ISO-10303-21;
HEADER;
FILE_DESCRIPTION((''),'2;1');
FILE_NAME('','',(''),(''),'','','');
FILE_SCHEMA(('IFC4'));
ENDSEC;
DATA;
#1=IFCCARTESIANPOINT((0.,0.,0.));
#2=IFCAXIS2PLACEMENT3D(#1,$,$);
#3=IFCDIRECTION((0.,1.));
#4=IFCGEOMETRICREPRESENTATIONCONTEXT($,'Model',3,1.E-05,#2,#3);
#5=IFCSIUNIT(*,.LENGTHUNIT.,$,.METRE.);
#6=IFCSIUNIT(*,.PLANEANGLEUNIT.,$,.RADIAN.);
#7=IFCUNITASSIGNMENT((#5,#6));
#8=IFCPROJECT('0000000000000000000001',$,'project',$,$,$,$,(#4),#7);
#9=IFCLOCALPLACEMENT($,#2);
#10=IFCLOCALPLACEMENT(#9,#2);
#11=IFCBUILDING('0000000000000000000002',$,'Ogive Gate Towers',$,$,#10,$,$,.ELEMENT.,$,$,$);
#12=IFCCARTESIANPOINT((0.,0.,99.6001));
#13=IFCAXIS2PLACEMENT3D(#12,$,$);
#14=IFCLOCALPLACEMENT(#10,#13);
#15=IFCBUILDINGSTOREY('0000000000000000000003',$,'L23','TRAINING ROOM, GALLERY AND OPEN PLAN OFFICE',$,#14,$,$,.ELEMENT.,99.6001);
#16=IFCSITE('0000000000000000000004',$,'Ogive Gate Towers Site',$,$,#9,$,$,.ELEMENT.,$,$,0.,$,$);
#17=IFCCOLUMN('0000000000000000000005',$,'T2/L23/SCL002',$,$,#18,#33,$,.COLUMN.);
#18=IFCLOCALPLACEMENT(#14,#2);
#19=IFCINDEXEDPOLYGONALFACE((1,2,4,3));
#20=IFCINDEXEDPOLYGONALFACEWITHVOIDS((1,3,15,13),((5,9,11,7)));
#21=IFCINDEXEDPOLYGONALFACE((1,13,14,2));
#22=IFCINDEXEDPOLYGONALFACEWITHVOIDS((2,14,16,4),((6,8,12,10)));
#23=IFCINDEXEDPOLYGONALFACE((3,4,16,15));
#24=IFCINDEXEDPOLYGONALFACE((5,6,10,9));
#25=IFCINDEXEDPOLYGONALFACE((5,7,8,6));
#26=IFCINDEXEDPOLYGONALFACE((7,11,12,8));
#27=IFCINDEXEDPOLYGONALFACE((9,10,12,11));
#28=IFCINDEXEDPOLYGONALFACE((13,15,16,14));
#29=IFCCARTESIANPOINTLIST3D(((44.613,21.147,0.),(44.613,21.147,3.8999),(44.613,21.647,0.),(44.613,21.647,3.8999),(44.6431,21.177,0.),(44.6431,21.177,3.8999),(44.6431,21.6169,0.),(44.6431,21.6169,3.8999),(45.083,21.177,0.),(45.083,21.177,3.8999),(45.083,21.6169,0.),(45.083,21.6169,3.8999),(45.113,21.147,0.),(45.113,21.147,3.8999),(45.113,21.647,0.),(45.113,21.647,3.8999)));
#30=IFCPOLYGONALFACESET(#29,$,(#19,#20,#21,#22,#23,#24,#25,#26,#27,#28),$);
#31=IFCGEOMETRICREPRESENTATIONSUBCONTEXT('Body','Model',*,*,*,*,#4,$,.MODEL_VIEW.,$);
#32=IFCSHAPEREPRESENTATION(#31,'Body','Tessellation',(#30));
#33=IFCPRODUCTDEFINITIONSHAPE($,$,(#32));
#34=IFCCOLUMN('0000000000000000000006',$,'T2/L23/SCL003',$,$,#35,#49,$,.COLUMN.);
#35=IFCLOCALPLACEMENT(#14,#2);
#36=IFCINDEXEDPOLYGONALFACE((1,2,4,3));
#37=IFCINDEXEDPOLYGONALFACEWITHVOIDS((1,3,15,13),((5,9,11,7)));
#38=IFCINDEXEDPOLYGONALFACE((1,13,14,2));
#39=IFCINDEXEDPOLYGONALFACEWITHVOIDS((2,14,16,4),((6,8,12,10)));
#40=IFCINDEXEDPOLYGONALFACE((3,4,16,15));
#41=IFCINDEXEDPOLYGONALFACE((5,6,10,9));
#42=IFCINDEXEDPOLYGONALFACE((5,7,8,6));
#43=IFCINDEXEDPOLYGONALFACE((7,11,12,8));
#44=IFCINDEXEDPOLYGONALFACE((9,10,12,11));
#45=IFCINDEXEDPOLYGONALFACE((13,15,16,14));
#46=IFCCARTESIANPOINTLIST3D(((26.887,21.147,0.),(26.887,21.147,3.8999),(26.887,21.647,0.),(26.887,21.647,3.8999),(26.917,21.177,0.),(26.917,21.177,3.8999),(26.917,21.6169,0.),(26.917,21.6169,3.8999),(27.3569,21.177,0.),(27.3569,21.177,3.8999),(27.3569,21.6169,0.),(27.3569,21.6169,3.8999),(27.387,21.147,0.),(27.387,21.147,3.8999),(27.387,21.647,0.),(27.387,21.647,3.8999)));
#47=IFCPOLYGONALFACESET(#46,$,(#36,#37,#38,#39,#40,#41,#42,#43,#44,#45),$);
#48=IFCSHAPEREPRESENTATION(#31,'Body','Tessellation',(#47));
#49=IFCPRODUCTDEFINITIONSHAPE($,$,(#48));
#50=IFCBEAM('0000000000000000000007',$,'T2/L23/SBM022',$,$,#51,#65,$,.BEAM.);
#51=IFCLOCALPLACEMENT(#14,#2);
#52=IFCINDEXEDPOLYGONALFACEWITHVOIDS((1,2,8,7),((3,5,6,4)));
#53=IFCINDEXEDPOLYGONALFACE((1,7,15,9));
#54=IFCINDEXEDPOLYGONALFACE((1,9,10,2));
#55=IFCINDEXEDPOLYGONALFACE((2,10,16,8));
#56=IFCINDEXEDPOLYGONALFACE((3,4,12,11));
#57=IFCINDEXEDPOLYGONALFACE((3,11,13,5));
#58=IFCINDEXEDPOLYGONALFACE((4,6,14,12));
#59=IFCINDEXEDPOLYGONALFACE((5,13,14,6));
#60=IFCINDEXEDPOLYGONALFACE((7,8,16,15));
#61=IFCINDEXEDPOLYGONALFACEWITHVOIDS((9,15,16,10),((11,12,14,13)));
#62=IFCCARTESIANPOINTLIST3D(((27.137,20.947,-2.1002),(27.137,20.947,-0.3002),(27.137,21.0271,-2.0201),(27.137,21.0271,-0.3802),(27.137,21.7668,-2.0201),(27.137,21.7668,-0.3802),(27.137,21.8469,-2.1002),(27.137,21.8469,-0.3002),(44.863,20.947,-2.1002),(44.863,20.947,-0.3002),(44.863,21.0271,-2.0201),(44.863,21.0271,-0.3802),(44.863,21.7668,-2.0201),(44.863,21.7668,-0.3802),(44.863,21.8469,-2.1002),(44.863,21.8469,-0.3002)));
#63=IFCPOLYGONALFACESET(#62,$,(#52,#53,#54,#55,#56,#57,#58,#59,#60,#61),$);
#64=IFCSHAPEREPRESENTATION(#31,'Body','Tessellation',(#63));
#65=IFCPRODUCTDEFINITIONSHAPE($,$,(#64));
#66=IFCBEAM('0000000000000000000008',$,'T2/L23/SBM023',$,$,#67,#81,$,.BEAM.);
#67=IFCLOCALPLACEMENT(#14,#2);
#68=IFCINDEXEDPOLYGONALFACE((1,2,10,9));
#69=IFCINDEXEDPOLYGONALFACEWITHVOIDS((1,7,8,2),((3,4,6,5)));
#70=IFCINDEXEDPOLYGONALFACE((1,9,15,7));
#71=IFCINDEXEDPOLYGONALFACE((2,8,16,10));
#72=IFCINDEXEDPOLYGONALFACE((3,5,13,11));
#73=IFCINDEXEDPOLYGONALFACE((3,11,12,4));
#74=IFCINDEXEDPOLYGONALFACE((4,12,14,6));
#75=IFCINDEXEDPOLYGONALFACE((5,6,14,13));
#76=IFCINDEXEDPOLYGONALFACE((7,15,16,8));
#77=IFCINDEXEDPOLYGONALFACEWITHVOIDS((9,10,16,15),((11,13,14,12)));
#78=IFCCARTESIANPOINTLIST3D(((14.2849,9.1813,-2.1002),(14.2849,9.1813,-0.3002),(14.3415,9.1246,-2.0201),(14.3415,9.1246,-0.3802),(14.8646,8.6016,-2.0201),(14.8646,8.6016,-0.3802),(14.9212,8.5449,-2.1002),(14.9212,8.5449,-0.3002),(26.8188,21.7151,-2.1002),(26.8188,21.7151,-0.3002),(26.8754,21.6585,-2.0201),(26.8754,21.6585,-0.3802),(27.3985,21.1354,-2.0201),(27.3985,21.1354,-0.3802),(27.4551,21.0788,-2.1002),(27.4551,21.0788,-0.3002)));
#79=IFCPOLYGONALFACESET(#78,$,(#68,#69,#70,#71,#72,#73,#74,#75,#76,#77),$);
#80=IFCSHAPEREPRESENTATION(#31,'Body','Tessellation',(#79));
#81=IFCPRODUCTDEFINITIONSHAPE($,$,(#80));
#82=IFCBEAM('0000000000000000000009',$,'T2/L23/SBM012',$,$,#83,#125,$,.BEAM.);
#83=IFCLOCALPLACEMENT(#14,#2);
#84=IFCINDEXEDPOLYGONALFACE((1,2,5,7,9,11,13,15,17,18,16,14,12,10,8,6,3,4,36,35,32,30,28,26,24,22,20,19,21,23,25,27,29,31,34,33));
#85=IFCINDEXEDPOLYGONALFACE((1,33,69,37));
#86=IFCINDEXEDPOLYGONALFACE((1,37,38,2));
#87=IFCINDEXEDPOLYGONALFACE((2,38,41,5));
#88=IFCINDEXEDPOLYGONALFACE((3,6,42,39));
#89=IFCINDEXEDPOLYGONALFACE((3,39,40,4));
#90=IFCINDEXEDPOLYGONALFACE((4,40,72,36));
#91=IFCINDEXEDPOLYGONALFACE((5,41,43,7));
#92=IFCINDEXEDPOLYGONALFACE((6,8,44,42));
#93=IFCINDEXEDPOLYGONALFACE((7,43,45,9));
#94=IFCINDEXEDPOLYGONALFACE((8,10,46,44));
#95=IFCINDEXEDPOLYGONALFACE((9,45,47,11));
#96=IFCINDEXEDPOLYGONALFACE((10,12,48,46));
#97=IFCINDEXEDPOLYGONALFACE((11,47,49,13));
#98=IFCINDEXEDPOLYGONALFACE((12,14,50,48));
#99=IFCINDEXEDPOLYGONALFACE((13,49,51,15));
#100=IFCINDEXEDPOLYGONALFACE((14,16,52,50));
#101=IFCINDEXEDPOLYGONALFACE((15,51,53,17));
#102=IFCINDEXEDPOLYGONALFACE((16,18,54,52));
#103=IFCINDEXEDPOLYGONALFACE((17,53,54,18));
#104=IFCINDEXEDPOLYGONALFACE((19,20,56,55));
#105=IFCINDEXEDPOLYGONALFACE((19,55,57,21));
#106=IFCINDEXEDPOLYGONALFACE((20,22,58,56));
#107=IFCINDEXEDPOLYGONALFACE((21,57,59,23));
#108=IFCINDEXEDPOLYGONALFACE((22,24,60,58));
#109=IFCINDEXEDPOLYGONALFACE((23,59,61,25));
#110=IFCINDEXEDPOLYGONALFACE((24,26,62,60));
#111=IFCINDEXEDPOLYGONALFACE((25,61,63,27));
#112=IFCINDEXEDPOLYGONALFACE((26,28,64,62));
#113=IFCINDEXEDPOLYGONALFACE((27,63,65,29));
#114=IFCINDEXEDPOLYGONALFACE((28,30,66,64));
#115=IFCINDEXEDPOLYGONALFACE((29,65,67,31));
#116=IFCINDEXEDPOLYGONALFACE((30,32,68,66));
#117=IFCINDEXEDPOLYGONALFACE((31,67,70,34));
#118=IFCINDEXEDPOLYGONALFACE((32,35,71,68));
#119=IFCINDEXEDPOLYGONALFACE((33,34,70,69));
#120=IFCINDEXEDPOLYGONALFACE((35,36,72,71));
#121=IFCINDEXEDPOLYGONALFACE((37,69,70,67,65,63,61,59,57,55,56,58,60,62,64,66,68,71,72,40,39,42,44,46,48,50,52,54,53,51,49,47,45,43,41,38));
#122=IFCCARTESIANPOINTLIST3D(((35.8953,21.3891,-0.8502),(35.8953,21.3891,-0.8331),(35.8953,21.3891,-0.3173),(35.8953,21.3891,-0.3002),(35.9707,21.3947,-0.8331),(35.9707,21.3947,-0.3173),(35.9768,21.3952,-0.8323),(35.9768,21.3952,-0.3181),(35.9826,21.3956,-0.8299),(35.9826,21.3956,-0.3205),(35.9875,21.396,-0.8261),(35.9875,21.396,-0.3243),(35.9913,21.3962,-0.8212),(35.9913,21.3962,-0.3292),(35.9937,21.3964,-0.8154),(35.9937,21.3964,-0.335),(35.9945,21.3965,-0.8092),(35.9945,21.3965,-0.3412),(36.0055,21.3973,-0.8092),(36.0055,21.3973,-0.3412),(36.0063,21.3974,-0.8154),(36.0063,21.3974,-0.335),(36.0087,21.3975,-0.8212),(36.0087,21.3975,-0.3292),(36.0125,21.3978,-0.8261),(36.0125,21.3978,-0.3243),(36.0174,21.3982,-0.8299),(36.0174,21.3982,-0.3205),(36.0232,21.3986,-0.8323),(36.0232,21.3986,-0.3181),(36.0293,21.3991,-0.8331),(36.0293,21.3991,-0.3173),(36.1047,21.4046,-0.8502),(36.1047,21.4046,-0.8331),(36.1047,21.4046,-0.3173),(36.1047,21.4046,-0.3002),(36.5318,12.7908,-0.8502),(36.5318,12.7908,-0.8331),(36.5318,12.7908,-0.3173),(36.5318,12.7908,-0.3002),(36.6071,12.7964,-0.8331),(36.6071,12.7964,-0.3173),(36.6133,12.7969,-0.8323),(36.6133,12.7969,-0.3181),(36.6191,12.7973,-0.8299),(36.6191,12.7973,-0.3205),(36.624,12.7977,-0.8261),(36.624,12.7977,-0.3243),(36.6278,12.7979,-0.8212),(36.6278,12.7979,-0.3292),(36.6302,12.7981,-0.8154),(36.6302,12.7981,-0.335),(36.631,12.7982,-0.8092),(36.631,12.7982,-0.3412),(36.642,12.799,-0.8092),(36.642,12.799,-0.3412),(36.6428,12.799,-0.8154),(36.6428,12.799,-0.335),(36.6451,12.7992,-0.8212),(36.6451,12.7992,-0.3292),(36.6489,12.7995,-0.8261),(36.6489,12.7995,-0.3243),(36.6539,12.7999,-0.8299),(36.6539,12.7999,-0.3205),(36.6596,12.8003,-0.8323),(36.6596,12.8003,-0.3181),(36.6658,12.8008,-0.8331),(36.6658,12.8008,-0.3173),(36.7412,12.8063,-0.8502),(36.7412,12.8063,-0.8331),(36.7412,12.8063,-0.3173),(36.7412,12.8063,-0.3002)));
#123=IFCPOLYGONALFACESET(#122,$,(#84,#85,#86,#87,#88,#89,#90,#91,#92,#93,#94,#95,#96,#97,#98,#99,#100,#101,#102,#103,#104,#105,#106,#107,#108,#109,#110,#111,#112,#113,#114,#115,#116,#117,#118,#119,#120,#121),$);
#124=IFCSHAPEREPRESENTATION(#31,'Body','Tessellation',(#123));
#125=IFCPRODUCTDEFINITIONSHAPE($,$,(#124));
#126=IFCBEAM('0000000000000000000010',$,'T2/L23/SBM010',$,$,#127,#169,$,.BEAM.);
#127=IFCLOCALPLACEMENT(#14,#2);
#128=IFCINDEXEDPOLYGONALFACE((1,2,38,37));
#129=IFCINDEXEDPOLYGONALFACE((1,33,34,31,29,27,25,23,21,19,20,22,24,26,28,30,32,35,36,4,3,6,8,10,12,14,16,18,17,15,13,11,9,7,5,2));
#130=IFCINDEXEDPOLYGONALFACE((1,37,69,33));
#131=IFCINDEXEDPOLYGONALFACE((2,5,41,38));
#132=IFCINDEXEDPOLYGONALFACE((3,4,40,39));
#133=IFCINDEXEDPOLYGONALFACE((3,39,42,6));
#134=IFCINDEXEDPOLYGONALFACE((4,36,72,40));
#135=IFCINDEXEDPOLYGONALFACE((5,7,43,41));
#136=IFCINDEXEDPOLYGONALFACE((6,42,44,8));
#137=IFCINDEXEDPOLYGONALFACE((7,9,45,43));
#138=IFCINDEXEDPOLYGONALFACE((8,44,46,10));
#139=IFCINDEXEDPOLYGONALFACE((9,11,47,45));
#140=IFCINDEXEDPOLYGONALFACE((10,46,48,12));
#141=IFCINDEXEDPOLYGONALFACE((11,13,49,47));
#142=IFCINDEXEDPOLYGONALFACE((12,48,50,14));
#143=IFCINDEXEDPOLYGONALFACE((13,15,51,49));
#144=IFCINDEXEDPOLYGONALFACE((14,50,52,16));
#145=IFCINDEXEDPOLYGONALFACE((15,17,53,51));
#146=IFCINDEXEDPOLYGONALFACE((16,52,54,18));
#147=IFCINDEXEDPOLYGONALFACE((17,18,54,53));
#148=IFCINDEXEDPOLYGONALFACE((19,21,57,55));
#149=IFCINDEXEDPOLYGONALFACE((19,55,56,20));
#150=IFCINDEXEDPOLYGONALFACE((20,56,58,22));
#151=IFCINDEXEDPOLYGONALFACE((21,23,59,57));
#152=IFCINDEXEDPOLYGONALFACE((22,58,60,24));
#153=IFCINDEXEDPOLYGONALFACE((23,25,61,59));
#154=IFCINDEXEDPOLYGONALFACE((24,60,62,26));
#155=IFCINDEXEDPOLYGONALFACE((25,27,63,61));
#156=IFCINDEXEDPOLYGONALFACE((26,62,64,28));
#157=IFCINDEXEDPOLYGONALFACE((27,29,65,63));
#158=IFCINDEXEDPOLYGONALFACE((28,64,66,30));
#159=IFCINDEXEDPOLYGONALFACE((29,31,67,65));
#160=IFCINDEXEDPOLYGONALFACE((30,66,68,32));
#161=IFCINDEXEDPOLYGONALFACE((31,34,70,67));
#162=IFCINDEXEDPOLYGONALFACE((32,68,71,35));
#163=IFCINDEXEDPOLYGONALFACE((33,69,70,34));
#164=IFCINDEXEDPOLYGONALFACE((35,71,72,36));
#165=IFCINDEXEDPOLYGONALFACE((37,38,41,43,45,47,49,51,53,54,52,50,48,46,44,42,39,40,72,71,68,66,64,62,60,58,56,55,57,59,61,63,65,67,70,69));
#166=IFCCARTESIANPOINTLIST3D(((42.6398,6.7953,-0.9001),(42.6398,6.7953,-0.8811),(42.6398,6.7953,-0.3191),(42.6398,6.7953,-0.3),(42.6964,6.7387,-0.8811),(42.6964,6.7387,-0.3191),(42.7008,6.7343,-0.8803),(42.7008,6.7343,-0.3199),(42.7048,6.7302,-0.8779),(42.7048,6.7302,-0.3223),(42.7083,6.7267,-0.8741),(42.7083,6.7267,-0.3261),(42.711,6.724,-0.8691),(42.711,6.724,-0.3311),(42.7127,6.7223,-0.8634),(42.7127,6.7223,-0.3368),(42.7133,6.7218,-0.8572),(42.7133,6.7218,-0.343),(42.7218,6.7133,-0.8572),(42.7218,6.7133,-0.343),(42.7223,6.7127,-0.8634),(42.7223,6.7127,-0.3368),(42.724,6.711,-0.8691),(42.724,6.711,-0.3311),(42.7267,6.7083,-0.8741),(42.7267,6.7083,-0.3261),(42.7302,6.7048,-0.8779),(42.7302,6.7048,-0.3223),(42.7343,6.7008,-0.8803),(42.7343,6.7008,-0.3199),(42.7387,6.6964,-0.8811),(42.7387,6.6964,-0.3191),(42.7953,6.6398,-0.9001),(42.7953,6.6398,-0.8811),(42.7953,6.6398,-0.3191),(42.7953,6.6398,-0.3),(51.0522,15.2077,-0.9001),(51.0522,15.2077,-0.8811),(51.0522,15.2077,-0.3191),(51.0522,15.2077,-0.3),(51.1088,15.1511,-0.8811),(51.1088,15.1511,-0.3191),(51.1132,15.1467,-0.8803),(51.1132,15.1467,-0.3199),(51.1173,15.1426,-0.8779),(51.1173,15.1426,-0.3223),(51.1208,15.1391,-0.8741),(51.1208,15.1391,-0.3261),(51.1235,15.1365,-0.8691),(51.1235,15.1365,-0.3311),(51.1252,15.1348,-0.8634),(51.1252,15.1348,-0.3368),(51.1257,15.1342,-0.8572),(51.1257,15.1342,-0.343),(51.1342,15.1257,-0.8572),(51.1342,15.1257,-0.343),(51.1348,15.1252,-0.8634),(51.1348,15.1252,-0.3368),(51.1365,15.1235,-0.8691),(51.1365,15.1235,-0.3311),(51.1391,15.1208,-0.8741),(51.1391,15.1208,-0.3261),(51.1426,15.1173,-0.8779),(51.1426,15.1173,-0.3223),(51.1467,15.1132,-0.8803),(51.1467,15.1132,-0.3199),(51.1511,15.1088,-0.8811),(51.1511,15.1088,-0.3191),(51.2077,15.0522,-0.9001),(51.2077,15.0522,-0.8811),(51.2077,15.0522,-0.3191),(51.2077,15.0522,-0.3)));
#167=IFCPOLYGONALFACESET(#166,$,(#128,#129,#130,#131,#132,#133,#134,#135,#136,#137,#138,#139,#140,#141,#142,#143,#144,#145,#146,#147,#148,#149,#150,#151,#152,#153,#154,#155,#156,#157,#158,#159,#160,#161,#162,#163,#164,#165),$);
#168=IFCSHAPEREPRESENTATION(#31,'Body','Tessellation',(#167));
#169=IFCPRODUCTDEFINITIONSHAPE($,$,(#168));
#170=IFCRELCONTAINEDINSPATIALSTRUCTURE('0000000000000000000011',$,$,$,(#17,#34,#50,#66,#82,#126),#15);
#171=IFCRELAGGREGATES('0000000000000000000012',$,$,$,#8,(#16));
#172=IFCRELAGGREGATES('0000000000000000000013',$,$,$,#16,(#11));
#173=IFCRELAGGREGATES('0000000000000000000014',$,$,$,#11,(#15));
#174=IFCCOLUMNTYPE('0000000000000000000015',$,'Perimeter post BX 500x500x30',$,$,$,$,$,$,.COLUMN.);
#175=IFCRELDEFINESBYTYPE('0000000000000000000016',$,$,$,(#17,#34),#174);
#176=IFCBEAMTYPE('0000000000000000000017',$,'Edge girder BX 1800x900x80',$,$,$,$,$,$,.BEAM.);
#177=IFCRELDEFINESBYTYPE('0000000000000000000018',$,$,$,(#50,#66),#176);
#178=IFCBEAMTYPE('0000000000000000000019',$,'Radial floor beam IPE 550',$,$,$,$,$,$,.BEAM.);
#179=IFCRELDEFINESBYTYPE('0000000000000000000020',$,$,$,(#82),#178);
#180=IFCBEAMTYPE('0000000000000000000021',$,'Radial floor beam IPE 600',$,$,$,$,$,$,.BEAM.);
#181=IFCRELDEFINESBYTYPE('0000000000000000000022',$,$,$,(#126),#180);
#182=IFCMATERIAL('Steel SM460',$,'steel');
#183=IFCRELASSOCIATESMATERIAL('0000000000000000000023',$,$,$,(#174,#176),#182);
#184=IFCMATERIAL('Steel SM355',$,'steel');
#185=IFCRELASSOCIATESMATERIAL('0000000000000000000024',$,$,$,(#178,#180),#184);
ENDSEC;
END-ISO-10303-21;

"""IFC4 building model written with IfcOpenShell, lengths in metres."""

from ifc_helpers import new_model, si_unit, direction, frame, origin, origin_2d, place, context, subcontext, project, spatial, hollow_rectangle, i_section, extrude, material, material_profile, profile_set, type_object, element, save


model = new_model("IFC4")

# Units and contexts
model_context = context("Model", 3, precision=1e-05, world=origin(), true_north=direction((0.0, 1.0)))
body_context = subcontext(model_context, "Body", "Model", "MODEL_VIEW")
ifc_project = project(units=[si_unit("LENGTHUNIT", "METRE"), si_unit("PLANEANGLEUNIT", "RADIAN")], contexts=[model_context])

# Site, building, storey
site_placement = place(None, origin())
site = spatial("IfcSite", under=ifc_project, at=site_placement, Name="Ogive Gate Towers Site", CompositionType="ELEMENT", RefElevation=0.0)
building_placement = place(site_placement, origin())
building = spatial("IfcBuilding", under=site, at=building_placement, Name="Ogive Gate Towers", CompositionType="ELEMENT")
storey_placement = place(building_placement, frame((0.0, 0.0, 99.6001)))
storey = spatial("IfcBuildingStorey", under=building, at=storey_placement, Name="L23", Description="TRAINING ROOM, GALLERY AND OPEN PLAN OFFICE", CompositionType="ELEMENT", Elevation=99.6001)

# Columns
ifc_material_1 = material(Name="Steel SM460", Category="steel")
ifc_material_profile_1 = material_profile(ifc_material_1, hollow_rectangle(XDim=0.5, YDim=0.5, WallThickness=0.03, at=origin_2d()), Name="BX 500x500x30")
ifc_profile_set_1 = profile_set([ifc_material_profile_1], Name="Steel SM460")
column_type = type_object("IfcColumnType", Name="Perimeter post BX 500x500x30", PredefinedType="COLUMN", material=ifc_profile_set_1)
for number, where, z_axis, x_axis, name in (
    (1, (44.863, 21.397, 0.0), (0.0, 0.0, 1.0), (1.0, 0.0, 0.0), "T2/L23/SCL002"),
    (2, (27.137, 21.397, 0.0), (0.0, 0.0, 1.0), (1.0, 0.0, 0.0), "T2/L23/SCL003"),
):
    element("IfcColumn", number, at=place(storey_placement, frame(where, z_axis=z_axis, x_axis=x_axis)), inside=storey, type_object=column_type, Name=name, PredefinedType="COLUMN", context=body_context, shape_type="SweptSolid", body=[
        extrude(hollow_rectangle(XDim=0.5, YDim=0.5, WallThickness=0.03, at=origin_2d()), origin(), (0.0, 0.0, 1.0), 3.8999),
    ])

# Beams
ifc_material_profile_2 = material_profile(ifc_material_1, hollow_rectangle(XDim=0.8999, YDim=1.8, WallThickness=0.0801, at=origin_2d()), Name="BX 1800x900x80")
ifc_profile_set_2 = profile_set([ifc_material_profile_2], Name="Steel SM460")
beam_type_1 = type_object("IfcBeamType", Name="Edge girder BX 1800x900x80", PredefinedType="BEAM", material=ifc_profile_set_2)
beam_1_placement = place(storey_placement, frame((44.863, 21.397, -1.2002), z_axis=(-1.0, 0.0, 0.0), x_axis=(0.0, -1.0, 0.0)))
element("IfcBeam", 3, at=beam_1_placement, inside=storey, type_object=beam_type_1, Name="T2/L23/SBM022", PredefinedType="BEAM", context=body_context, shape_type="SweptSolid", body=[
    extrude(hollow_rectangle(XDim=0.8999, YDim=1.8, WallThickness=0.0801, at=origin_2d()), origin(), (0.0, 0.0, 1.0), 17.7261),
])
beam_2_placement = place(storey_placement, frame((27.137, 21.397, -1.2002), z_axis=(-0.707107, -0.707107, 0.0), x_axis=(0.707107, -0.707107, 0.0)))
element("IfcBeam", 4, at=beam_2_placement, inside=storey, type_object=beam_type_1, Name="T2/L23/SBM023", PredefinedType="BEAM", context=body_context, shape_type="SweptSolid", body=[
    extrude(hollow_rectangle(XDim=0.8999, YDim=1.8, WallThickness=0.0801, at=origin_2d()), origin(), (0.0, 0.0, 1.0), 17.7256),
])
ifc_material_2 = material(Name="Steel SM355", Category="steel")
ifc_material_profile_3 = material_profile(ifc_material_2, i_section(OverallWidth=0.21, OverallDepth=0.55, WebThickness=0.011, FlangeThickness=0.0171, FilletRadius=0.0239, at=origin_2d()), Name="IPE 550")
ifc_profile_set_3 = profile_set([ifc_material_profile_3], Name="Steel SM355")
beam_type_2 = type_object("IfcBeamType", Name="Radial floor beam IPE 550", PredefinedType="BEAM", material=ifc_profile_set_3)
beam_3_placement = place(storey_placement, frame((36.6365, 12.7986, -0.5752), z_axis=(-0.073821, 0.997272, 0.0), x_axis=(-0.997272, -0.073821, 0.0)))
element("IfcBeam", 5, at=beam_3_placement, inside=storey, type_object=beam_type_2, Name="T2/L23/SBM012", PredefinedType="BEAM", context=body_context, shape_type="SweptSolid", body=[
    extrude(i_section(OverallWidth=0.21, OverallDepth=0.55, WebThickness=0.011, FlangeThickness=0.0171, FilletRadius=0.0239, at=origin_2d()), origin(), (0.0, 0.0, 1.0), 8.6218),
])
ifc_material_profile_4 = material_profile(ifc_material_2, i_section(OverallWidth=0.22, OverallDepth=0.6001, WebThickness=0.012, FlangeThickness=0.019, FilletRadius=0.0239, at=origin_2d()), Name="IPE 600")
ifc_profile_set_4 = profile_set([ifc_material_profile_4], Name="Steel SM355")
beam_type_3 = type_object("IfcBeamType", Name="Radial floor beam IPE 600", PredefinedType="BEAM", material=ifc_profile_set_4)
for number, where, z_axis, x_axis, name in (
    (6, (42.7175, 6.7175, -0.6001), (0.707107, 0.707107, 0.0), (-0.707107, 0.707107, 0.0), "T2/L23/SBM010"),
):
    element("IfcBeam", number, at=place(storey_placement, frame(where, z_axis=z_axis, x_axis=x_axis)), inside=storey, type_object=beam_type_3, Name=name, PredefinedType="BEAM", context=body_context, shape_type="SweptSolid", body=[
        extrude(i_section(OverallWidth=0.22, OverallDepth=0.6001, WebThickness=0.012, FlangeThickness=0.019, FilletRadius=0.0239, at=origin_2d()), origin(), (0.0, 0.0, 1.0), 11.897),
    ])

save(model, "model.ifc")
